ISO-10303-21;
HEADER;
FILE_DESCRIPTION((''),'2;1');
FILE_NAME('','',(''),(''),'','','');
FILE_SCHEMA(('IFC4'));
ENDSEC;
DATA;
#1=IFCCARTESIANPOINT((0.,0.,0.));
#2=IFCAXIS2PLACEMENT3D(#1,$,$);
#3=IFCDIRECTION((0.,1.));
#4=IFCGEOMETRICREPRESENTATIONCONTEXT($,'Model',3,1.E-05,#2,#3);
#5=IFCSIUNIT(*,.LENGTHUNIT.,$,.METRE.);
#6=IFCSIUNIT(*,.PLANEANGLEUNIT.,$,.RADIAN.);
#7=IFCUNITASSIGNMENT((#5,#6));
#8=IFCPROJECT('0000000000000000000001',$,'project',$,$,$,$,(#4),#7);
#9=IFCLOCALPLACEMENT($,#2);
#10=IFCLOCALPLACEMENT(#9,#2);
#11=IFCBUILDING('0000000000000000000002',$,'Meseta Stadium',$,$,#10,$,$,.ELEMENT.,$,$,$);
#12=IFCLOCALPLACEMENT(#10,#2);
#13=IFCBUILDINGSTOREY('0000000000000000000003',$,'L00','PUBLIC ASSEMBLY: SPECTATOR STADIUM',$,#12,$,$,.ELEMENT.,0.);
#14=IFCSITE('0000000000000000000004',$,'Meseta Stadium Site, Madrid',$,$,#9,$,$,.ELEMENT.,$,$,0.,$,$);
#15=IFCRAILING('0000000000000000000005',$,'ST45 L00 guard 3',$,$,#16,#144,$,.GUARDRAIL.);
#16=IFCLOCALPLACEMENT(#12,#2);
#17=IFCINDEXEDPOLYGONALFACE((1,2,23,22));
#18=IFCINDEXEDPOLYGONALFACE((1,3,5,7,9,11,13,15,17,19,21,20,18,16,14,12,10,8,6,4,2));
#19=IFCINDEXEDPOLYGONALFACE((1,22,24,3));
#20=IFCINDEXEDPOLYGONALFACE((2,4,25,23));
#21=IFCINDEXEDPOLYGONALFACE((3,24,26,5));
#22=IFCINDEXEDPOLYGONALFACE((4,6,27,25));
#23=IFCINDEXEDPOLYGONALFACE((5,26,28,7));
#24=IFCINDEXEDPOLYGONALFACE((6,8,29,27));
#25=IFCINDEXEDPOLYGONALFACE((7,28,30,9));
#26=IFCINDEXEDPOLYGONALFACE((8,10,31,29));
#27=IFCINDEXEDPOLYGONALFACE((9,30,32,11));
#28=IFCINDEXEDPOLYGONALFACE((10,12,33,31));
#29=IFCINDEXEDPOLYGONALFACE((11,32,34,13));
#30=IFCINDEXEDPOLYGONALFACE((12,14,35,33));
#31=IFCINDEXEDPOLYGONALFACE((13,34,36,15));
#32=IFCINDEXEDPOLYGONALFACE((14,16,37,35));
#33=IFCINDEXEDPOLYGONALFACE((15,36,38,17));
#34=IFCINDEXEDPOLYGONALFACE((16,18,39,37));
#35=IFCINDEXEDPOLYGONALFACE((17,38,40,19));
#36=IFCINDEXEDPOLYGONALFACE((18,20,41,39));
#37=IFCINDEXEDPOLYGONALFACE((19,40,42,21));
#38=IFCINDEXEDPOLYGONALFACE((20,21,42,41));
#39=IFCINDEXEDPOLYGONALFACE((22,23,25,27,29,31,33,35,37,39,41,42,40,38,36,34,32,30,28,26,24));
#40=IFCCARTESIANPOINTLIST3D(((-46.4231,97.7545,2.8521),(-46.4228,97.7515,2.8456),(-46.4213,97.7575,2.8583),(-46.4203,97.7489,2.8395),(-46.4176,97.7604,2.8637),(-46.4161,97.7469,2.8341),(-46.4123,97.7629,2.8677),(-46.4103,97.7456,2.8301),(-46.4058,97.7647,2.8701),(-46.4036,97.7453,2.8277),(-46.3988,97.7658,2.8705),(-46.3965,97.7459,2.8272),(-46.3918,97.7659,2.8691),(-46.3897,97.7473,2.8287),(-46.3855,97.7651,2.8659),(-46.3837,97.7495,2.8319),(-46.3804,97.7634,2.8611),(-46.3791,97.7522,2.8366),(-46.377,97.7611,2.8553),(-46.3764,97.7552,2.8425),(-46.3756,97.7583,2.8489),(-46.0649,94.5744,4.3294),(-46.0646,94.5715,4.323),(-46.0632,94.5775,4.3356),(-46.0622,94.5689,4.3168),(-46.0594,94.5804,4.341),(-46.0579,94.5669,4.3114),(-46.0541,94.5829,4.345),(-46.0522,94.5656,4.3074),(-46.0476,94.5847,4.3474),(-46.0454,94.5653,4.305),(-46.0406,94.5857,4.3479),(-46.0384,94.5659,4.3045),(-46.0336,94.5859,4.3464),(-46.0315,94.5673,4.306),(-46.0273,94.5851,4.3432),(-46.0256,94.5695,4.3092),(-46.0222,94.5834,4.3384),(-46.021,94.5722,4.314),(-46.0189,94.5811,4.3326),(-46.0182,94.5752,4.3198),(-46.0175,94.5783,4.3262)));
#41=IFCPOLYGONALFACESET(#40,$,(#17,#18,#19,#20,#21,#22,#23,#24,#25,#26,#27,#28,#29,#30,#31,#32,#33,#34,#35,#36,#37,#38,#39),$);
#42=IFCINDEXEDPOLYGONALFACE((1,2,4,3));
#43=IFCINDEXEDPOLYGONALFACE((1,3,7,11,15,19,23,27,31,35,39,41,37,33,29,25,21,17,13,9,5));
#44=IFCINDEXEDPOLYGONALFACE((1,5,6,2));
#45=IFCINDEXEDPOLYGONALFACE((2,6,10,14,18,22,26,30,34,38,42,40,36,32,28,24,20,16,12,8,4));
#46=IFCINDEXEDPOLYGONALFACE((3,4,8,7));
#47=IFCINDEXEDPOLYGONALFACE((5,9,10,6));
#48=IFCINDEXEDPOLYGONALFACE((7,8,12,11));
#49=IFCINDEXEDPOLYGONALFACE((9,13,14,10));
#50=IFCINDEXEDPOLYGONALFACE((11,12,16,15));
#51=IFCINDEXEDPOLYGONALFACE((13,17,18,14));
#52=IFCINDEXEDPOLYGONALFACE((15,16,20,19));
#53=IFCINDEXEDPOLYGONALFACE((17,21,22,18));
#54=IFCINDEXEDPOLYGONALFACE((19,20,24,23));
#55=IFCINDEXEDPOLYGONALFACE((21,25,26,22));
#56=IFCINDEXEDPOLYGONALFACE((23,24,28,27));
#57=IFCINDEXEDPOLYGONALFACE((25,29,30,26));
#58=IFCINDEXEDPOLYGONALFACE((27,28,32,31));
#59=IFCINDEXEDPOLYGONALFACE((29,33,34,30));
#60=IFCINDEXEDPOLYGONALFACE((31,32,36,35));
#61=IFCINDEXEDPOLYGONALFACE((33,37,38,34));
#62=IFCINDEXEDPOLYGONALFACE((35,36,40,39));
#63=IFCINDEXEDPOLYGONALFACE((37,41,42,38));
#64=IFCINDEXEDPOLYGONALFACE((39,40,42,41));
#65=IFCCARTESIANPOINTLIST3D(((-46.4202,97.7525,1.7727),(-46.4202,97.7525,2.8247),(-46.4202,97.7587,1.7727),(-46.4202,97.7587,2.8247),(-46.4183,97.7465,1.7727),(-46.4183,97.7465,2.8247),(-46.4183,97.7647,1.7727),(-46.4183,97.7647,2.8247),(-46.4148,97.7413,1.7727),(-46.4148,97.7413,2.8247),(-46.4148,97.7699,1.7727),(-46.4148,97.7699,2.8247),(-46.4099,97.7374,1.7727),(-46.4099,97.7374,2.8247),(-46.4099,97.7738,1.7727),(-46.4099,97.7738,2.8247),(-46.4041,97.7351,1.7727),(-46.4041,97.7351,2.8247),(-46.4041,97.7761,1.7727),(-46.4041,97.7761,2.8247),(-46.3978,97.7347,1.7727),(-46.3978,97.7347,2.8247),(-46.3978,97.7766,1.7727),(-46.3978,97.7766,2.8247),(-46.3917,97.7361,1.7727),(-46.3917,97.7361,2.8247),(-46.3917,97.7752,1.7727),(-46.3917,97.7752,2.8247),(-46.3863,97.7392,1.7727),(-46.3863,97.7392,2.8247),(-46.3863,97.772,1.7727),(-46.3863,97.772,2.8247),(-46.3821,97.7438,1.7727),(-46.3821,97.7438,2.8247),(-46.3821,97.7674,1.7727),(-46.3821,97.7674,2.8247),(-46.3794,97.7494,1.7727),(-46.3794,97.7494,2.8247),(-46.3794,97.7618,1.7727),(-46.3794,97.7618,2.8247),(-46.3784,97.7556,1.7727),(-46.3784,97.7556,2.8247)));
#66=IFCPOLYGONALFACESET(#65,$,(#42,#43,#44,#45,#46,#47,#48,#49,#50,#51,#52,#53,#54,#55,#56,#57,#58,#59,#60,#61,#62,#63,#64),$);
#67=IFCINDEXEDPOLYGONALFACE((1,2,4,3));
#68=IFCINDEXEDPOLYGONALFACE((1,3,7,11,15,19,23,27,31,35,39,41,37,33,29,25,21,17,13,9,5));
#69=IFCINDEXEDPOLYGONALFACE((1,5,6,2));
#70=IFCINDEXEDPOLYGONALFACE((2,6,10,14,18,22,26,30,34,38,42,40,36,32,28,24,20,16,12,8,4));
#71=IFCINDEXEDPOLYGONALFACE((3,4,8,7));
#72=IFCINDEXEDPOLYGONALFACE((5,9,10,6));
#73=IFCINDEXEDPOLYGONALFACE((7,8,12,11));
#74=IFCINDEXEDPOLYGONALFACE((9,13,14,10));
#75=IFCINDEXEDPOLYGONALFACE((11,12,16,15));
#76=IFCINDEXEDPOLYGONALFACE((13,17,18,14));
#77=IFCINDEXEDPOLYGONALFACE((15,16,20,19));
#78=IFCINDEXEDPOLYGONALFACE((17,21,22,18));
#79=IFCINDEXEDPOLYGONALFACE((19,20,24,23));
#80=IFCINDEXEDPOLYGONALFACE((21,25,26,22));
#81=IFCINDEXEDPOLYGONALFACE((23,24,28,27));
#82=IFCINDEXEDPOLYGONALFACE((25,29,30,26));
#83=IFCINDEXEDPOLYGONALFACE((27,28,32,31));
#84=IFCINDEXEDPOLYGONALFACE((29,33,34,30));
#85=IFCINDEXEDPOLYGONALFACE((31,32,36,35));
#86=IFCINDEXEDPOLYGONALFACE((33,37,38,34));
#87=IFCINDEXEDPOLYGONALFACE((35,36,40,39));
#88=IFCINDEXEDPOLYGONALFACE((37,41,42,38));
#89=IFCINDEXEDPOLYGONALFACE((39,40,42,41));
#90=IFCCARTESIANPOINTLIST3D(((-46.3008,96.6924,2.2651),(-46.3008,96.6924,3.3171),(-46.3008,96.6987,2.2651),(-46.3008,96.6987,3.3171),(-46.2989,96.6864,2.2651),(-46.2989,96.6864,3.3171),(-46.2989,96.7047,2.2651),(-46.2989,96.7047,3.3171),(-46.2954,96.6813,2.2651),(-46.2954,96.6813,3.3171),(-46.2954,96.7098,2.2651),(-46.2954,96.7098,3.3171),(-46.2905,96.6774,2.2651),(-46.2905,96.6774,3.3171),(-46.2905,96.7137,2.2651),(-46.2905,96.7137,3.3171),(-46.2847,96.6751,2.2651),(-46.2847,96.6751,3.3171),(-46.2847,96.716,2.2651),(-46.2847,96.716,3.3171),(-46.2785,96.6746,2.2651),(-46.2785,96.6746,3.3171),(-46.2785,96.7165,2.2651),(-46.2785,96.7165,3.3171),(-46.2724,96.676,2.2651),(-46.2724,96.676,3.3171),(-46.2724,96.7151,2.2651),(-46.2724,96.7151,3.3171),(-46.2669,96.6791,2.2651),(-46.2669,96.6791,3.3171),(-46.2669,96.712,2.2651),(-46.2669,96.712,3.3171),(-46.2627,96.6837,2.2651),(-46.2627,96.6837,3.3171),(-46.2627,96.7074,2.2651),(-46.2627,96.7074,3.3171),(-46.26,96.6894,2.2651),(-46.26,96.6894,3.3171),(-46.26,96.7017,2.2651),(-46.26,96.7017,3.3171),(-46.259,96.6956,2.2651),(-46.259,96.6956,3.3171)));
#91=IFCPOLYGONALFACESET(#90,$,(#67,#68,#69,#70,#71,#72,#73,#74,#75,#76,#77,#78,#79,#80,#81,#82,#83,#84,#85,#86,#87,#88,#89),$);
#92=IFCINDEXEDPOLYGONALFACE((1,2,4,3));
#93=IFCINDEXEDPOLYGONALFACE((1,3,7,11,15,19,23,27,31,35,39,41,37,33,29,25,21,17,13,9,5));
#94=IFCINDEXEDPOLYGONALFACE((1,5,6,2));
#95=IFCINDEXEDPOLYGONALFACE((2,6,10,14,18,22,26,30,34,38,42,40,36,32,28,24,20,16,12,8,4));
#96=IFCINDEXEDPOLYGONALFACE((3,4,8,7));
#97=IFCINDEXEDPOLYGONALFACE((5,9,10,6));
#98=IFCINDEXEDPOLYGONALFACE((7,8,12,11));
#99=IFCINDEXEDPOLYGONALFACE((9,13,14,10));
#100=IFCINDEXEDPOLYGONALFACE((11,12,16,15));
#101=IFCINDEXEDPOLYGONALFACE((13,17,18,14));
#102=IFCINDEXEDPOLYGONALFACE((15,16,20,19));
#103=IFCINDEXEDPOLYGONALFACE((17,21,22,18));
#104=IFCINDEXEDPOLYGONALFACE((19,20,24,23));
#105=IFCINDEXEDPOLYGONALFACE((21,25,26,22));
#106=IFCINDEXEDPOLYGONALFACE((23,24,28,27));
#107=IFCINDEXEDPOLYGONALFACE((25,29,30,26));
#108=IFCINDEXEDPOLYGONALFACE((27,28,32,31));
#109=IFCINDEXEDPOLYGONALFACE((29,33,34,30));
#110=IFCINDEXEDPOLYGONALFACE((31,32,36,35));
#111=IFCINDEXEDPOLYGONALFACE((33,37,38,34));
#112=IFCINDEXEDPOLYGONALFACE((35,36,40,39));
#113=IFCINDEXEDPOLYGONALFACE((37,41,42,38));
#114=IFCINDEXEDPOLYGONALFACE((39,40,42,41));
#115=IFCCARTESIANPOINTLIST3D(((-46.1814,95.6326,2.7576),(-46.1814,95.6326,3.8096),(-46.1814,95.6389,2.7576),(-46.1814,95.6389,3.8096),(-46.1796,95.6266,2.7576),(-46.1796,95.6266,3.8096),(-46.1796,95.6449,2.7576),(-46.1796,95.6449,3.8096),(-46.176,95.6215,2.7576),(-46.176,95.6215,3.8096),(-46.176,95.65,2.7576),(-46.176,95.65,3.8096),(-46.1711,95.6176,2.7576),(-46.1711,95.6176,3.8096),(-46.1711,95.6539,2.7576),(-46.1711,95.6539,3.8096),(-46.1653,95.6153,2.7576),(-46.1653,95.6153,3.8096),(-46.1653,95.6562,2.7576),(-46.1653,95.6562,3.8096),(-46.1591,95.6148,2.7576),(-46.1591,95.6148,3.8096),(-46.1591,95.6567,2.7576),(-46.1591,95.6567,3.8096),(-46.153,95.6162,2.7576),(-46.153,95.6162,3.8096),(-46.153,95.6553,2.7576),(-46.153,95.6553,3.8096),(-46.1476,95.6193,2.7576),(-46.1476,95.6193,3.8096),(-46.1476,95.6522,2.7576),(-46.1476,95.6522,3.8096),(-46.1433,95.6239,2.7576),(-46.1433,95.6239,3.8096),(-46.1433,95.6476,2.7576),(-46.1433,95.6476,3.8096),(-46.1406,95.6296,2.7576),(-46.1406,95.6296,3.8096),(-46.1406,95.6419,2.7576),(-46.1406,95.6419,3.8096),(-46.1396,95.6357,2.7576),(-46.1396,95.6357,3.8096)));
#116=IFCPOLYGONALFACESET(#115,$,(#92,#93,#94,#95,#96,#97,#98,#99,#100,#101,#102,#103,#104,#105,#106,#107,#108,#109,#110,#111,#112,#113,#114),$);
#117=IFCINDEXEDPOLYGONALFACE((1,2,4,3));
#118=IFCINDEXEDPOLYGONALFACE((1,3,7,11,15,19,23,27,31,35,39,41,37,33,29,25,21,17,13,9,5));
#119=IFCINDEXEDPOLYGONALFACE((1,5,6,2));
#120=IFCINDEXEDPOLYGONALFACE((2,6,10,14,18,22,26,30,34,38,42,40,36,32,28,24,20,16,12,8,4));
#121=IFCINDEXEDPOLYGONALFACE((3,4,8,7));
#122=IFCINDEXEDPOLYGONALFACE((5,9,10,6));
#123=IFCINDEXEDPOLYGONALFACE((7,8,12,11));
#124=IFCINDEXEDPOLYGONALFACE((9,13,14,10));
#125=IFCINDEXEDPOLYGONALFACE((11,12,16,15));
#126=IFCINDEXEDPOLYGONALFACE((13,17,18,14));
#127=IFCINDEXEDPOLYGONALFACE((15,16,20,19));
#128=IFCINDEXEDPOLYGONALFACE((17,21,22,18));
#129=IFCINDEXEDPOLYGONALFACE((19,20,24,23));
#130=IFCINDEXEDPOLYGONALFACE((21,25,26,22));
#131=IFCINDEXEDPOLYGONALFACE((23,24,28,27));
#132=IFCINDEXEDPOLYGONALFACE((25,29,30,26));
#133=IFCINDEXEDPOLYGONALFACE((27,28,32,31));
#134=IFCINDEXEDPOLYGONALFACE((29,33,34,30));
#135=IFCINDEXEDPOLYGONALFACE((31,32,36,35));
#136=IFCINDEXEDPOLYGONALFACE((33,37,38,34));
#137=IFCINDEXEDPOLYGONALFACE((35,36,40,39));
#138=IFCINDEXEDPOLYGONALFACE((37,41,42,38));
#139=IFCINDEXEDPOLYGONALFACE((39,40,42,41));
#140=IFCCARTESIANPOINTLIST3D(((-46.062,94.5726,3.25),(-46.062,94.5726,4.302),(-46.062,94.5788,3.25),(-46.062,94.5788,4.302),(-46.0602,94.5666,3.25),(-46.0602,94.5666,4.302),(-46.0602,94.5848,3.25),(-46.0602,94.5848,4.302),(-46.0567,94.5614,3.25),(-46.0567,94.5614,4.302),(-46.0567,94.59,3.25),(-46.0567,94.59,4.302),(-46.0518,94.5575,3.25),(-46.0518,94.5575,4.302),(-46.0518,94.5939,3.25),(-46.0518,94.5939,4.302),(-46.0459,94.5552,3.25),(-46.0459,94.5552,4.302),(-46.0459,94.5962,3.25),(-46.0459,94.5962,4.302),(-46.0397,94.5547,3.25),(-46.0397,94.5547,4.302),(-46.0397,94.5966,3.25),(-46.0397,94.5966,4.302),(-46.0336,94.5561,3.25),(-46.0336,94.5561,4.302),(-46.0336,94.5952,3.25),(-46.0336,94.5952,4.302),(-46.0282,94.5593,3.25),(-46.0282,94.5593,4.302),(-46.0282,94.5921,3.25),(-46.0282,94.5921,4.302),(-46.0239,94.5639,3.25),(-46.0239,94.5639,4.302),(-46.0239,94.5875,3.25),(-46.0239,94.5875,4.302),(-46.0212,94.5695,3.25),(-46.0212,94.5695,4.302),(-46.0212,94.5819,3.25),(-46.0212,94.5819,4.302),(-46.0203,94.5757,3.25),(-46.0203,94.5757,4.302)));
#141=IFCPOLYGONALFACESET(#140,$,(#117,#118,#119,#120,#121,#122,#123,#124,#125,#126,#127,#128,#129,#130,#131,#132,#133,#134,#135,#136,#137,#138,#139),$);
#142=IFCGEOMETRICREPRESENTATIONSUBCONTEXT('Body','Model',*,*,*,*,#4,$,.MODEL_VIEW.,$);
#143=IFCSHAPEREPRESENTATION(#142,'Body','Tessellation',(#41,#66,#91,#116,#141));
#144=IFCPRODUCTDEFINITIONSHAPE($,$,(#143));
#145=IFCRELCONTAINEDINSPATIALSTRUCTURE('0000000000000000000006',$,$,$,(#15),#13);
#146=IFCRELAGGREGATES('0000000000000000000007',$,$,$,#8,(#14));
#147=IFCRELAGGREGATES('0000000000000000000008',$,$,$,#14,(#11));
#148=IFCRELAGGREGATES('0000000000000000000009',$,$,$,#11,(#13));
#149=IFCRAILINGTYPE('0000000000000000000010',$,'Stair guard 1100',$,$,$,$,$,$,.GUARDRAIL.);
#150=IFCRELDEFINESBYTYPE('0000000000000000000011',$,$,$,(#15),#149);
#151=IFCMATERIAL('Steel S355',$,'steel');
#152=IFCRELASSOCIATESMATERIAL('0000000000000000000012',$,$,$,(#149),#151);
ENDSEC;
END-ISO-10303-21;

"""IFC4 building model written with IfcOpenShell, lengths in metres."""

from ifc_helpers import new_model, si_unit, direction, frame, origin, origin_2d, place, context, subcontext, project, spatial, circle, extrude, material, type_object, element, save


model = new_model("IFC4")

# Units and contexts
model_context = context("Model", 3, precision=1e-05, world=origin(), true_north=direction((0.0, 1.0)))
body_context = subcontext(model_context, "Body", "Model", "MODEL_VIEW")
ifc_project = project(units=[si_unit("LENGTHUNIT", "METRE"), si_unit("PLANEANGLEUNIT", "RADIAN")], contexts=[model_context])

# Site, building, storey
site_placement = place(None, origin())
site = spatial("IfcSite", under=ifc_project, at=site_placement, Name="Meseta Stadium Site, Madrid", CompositionType="ELEMENT", RefElevation=0.0)
building_placement = place(site_placement, origin())
building = spatial("IfcBuilding", under=site, at=building_placement, Name="Meseta Stadium", CompositionType="ELEMENT")
storey_placement = place(building_placement, origin())
storey = spatial("IfcBuildingStorey", under=building, at=storey_placement, Name="L00", Description="PUBLIC ASSEMBLY: SPECTATOR STADIUM", CompositionType="ELEMENT", Elevation=0.0)

# Railing
ifc_material_1 = material(Name="Steel S355", Category="steel")
railing_type = type_object("IfcRailingType", Name="Stair guard 1100", PredefinedType="GUARDRAIL", material=ifc_material_1)
railing_1_placement = place(storey_placement, frame((-46.3994, 97.7556, 1.7727)))
element("IfcRailing", 1, at=railing_1_placement, inside=storey, type_object=railing_type, Name="ST45 L00 guard 3", PredefinedType="GUARDRAIL", context=body_context, shape_type="SweptSolid", body=[
    extrude(circle(Radius=0.0239, at=origin_2d()), frame((0.0, 0.0, 1.0762), z_axis=(0.101616, -0.902217, 0.419141), x_axis=(0.993717, 0.111922, 0.0)), (0.0, 0.0, 1.0), 3.5247),
    extrude(circle(Radius=0.021, at=origin_2d()), origin(), (0.0, 0.0, 1.0), 1.052),
    extrude(circle(Radius=0.021, at=origin_2d()), frame((0.1194, -1.0601, 0.4924)), (0.0, 0.0, 1.0), 1.052),
    extrude(circle(Radius=0.021, at=origin_2d()), frame((0.2388, -2.1199, 0.9849)), (0.0, 0.0, 1.0), 1.052),
    extrude(circle(Radius=0.021, at=origin_2d()), frame((0.3582, -3.1799, 1.4773)), (0.0, 0.0, 1.0), 1.052),
])

save(model, "model.ifc")
